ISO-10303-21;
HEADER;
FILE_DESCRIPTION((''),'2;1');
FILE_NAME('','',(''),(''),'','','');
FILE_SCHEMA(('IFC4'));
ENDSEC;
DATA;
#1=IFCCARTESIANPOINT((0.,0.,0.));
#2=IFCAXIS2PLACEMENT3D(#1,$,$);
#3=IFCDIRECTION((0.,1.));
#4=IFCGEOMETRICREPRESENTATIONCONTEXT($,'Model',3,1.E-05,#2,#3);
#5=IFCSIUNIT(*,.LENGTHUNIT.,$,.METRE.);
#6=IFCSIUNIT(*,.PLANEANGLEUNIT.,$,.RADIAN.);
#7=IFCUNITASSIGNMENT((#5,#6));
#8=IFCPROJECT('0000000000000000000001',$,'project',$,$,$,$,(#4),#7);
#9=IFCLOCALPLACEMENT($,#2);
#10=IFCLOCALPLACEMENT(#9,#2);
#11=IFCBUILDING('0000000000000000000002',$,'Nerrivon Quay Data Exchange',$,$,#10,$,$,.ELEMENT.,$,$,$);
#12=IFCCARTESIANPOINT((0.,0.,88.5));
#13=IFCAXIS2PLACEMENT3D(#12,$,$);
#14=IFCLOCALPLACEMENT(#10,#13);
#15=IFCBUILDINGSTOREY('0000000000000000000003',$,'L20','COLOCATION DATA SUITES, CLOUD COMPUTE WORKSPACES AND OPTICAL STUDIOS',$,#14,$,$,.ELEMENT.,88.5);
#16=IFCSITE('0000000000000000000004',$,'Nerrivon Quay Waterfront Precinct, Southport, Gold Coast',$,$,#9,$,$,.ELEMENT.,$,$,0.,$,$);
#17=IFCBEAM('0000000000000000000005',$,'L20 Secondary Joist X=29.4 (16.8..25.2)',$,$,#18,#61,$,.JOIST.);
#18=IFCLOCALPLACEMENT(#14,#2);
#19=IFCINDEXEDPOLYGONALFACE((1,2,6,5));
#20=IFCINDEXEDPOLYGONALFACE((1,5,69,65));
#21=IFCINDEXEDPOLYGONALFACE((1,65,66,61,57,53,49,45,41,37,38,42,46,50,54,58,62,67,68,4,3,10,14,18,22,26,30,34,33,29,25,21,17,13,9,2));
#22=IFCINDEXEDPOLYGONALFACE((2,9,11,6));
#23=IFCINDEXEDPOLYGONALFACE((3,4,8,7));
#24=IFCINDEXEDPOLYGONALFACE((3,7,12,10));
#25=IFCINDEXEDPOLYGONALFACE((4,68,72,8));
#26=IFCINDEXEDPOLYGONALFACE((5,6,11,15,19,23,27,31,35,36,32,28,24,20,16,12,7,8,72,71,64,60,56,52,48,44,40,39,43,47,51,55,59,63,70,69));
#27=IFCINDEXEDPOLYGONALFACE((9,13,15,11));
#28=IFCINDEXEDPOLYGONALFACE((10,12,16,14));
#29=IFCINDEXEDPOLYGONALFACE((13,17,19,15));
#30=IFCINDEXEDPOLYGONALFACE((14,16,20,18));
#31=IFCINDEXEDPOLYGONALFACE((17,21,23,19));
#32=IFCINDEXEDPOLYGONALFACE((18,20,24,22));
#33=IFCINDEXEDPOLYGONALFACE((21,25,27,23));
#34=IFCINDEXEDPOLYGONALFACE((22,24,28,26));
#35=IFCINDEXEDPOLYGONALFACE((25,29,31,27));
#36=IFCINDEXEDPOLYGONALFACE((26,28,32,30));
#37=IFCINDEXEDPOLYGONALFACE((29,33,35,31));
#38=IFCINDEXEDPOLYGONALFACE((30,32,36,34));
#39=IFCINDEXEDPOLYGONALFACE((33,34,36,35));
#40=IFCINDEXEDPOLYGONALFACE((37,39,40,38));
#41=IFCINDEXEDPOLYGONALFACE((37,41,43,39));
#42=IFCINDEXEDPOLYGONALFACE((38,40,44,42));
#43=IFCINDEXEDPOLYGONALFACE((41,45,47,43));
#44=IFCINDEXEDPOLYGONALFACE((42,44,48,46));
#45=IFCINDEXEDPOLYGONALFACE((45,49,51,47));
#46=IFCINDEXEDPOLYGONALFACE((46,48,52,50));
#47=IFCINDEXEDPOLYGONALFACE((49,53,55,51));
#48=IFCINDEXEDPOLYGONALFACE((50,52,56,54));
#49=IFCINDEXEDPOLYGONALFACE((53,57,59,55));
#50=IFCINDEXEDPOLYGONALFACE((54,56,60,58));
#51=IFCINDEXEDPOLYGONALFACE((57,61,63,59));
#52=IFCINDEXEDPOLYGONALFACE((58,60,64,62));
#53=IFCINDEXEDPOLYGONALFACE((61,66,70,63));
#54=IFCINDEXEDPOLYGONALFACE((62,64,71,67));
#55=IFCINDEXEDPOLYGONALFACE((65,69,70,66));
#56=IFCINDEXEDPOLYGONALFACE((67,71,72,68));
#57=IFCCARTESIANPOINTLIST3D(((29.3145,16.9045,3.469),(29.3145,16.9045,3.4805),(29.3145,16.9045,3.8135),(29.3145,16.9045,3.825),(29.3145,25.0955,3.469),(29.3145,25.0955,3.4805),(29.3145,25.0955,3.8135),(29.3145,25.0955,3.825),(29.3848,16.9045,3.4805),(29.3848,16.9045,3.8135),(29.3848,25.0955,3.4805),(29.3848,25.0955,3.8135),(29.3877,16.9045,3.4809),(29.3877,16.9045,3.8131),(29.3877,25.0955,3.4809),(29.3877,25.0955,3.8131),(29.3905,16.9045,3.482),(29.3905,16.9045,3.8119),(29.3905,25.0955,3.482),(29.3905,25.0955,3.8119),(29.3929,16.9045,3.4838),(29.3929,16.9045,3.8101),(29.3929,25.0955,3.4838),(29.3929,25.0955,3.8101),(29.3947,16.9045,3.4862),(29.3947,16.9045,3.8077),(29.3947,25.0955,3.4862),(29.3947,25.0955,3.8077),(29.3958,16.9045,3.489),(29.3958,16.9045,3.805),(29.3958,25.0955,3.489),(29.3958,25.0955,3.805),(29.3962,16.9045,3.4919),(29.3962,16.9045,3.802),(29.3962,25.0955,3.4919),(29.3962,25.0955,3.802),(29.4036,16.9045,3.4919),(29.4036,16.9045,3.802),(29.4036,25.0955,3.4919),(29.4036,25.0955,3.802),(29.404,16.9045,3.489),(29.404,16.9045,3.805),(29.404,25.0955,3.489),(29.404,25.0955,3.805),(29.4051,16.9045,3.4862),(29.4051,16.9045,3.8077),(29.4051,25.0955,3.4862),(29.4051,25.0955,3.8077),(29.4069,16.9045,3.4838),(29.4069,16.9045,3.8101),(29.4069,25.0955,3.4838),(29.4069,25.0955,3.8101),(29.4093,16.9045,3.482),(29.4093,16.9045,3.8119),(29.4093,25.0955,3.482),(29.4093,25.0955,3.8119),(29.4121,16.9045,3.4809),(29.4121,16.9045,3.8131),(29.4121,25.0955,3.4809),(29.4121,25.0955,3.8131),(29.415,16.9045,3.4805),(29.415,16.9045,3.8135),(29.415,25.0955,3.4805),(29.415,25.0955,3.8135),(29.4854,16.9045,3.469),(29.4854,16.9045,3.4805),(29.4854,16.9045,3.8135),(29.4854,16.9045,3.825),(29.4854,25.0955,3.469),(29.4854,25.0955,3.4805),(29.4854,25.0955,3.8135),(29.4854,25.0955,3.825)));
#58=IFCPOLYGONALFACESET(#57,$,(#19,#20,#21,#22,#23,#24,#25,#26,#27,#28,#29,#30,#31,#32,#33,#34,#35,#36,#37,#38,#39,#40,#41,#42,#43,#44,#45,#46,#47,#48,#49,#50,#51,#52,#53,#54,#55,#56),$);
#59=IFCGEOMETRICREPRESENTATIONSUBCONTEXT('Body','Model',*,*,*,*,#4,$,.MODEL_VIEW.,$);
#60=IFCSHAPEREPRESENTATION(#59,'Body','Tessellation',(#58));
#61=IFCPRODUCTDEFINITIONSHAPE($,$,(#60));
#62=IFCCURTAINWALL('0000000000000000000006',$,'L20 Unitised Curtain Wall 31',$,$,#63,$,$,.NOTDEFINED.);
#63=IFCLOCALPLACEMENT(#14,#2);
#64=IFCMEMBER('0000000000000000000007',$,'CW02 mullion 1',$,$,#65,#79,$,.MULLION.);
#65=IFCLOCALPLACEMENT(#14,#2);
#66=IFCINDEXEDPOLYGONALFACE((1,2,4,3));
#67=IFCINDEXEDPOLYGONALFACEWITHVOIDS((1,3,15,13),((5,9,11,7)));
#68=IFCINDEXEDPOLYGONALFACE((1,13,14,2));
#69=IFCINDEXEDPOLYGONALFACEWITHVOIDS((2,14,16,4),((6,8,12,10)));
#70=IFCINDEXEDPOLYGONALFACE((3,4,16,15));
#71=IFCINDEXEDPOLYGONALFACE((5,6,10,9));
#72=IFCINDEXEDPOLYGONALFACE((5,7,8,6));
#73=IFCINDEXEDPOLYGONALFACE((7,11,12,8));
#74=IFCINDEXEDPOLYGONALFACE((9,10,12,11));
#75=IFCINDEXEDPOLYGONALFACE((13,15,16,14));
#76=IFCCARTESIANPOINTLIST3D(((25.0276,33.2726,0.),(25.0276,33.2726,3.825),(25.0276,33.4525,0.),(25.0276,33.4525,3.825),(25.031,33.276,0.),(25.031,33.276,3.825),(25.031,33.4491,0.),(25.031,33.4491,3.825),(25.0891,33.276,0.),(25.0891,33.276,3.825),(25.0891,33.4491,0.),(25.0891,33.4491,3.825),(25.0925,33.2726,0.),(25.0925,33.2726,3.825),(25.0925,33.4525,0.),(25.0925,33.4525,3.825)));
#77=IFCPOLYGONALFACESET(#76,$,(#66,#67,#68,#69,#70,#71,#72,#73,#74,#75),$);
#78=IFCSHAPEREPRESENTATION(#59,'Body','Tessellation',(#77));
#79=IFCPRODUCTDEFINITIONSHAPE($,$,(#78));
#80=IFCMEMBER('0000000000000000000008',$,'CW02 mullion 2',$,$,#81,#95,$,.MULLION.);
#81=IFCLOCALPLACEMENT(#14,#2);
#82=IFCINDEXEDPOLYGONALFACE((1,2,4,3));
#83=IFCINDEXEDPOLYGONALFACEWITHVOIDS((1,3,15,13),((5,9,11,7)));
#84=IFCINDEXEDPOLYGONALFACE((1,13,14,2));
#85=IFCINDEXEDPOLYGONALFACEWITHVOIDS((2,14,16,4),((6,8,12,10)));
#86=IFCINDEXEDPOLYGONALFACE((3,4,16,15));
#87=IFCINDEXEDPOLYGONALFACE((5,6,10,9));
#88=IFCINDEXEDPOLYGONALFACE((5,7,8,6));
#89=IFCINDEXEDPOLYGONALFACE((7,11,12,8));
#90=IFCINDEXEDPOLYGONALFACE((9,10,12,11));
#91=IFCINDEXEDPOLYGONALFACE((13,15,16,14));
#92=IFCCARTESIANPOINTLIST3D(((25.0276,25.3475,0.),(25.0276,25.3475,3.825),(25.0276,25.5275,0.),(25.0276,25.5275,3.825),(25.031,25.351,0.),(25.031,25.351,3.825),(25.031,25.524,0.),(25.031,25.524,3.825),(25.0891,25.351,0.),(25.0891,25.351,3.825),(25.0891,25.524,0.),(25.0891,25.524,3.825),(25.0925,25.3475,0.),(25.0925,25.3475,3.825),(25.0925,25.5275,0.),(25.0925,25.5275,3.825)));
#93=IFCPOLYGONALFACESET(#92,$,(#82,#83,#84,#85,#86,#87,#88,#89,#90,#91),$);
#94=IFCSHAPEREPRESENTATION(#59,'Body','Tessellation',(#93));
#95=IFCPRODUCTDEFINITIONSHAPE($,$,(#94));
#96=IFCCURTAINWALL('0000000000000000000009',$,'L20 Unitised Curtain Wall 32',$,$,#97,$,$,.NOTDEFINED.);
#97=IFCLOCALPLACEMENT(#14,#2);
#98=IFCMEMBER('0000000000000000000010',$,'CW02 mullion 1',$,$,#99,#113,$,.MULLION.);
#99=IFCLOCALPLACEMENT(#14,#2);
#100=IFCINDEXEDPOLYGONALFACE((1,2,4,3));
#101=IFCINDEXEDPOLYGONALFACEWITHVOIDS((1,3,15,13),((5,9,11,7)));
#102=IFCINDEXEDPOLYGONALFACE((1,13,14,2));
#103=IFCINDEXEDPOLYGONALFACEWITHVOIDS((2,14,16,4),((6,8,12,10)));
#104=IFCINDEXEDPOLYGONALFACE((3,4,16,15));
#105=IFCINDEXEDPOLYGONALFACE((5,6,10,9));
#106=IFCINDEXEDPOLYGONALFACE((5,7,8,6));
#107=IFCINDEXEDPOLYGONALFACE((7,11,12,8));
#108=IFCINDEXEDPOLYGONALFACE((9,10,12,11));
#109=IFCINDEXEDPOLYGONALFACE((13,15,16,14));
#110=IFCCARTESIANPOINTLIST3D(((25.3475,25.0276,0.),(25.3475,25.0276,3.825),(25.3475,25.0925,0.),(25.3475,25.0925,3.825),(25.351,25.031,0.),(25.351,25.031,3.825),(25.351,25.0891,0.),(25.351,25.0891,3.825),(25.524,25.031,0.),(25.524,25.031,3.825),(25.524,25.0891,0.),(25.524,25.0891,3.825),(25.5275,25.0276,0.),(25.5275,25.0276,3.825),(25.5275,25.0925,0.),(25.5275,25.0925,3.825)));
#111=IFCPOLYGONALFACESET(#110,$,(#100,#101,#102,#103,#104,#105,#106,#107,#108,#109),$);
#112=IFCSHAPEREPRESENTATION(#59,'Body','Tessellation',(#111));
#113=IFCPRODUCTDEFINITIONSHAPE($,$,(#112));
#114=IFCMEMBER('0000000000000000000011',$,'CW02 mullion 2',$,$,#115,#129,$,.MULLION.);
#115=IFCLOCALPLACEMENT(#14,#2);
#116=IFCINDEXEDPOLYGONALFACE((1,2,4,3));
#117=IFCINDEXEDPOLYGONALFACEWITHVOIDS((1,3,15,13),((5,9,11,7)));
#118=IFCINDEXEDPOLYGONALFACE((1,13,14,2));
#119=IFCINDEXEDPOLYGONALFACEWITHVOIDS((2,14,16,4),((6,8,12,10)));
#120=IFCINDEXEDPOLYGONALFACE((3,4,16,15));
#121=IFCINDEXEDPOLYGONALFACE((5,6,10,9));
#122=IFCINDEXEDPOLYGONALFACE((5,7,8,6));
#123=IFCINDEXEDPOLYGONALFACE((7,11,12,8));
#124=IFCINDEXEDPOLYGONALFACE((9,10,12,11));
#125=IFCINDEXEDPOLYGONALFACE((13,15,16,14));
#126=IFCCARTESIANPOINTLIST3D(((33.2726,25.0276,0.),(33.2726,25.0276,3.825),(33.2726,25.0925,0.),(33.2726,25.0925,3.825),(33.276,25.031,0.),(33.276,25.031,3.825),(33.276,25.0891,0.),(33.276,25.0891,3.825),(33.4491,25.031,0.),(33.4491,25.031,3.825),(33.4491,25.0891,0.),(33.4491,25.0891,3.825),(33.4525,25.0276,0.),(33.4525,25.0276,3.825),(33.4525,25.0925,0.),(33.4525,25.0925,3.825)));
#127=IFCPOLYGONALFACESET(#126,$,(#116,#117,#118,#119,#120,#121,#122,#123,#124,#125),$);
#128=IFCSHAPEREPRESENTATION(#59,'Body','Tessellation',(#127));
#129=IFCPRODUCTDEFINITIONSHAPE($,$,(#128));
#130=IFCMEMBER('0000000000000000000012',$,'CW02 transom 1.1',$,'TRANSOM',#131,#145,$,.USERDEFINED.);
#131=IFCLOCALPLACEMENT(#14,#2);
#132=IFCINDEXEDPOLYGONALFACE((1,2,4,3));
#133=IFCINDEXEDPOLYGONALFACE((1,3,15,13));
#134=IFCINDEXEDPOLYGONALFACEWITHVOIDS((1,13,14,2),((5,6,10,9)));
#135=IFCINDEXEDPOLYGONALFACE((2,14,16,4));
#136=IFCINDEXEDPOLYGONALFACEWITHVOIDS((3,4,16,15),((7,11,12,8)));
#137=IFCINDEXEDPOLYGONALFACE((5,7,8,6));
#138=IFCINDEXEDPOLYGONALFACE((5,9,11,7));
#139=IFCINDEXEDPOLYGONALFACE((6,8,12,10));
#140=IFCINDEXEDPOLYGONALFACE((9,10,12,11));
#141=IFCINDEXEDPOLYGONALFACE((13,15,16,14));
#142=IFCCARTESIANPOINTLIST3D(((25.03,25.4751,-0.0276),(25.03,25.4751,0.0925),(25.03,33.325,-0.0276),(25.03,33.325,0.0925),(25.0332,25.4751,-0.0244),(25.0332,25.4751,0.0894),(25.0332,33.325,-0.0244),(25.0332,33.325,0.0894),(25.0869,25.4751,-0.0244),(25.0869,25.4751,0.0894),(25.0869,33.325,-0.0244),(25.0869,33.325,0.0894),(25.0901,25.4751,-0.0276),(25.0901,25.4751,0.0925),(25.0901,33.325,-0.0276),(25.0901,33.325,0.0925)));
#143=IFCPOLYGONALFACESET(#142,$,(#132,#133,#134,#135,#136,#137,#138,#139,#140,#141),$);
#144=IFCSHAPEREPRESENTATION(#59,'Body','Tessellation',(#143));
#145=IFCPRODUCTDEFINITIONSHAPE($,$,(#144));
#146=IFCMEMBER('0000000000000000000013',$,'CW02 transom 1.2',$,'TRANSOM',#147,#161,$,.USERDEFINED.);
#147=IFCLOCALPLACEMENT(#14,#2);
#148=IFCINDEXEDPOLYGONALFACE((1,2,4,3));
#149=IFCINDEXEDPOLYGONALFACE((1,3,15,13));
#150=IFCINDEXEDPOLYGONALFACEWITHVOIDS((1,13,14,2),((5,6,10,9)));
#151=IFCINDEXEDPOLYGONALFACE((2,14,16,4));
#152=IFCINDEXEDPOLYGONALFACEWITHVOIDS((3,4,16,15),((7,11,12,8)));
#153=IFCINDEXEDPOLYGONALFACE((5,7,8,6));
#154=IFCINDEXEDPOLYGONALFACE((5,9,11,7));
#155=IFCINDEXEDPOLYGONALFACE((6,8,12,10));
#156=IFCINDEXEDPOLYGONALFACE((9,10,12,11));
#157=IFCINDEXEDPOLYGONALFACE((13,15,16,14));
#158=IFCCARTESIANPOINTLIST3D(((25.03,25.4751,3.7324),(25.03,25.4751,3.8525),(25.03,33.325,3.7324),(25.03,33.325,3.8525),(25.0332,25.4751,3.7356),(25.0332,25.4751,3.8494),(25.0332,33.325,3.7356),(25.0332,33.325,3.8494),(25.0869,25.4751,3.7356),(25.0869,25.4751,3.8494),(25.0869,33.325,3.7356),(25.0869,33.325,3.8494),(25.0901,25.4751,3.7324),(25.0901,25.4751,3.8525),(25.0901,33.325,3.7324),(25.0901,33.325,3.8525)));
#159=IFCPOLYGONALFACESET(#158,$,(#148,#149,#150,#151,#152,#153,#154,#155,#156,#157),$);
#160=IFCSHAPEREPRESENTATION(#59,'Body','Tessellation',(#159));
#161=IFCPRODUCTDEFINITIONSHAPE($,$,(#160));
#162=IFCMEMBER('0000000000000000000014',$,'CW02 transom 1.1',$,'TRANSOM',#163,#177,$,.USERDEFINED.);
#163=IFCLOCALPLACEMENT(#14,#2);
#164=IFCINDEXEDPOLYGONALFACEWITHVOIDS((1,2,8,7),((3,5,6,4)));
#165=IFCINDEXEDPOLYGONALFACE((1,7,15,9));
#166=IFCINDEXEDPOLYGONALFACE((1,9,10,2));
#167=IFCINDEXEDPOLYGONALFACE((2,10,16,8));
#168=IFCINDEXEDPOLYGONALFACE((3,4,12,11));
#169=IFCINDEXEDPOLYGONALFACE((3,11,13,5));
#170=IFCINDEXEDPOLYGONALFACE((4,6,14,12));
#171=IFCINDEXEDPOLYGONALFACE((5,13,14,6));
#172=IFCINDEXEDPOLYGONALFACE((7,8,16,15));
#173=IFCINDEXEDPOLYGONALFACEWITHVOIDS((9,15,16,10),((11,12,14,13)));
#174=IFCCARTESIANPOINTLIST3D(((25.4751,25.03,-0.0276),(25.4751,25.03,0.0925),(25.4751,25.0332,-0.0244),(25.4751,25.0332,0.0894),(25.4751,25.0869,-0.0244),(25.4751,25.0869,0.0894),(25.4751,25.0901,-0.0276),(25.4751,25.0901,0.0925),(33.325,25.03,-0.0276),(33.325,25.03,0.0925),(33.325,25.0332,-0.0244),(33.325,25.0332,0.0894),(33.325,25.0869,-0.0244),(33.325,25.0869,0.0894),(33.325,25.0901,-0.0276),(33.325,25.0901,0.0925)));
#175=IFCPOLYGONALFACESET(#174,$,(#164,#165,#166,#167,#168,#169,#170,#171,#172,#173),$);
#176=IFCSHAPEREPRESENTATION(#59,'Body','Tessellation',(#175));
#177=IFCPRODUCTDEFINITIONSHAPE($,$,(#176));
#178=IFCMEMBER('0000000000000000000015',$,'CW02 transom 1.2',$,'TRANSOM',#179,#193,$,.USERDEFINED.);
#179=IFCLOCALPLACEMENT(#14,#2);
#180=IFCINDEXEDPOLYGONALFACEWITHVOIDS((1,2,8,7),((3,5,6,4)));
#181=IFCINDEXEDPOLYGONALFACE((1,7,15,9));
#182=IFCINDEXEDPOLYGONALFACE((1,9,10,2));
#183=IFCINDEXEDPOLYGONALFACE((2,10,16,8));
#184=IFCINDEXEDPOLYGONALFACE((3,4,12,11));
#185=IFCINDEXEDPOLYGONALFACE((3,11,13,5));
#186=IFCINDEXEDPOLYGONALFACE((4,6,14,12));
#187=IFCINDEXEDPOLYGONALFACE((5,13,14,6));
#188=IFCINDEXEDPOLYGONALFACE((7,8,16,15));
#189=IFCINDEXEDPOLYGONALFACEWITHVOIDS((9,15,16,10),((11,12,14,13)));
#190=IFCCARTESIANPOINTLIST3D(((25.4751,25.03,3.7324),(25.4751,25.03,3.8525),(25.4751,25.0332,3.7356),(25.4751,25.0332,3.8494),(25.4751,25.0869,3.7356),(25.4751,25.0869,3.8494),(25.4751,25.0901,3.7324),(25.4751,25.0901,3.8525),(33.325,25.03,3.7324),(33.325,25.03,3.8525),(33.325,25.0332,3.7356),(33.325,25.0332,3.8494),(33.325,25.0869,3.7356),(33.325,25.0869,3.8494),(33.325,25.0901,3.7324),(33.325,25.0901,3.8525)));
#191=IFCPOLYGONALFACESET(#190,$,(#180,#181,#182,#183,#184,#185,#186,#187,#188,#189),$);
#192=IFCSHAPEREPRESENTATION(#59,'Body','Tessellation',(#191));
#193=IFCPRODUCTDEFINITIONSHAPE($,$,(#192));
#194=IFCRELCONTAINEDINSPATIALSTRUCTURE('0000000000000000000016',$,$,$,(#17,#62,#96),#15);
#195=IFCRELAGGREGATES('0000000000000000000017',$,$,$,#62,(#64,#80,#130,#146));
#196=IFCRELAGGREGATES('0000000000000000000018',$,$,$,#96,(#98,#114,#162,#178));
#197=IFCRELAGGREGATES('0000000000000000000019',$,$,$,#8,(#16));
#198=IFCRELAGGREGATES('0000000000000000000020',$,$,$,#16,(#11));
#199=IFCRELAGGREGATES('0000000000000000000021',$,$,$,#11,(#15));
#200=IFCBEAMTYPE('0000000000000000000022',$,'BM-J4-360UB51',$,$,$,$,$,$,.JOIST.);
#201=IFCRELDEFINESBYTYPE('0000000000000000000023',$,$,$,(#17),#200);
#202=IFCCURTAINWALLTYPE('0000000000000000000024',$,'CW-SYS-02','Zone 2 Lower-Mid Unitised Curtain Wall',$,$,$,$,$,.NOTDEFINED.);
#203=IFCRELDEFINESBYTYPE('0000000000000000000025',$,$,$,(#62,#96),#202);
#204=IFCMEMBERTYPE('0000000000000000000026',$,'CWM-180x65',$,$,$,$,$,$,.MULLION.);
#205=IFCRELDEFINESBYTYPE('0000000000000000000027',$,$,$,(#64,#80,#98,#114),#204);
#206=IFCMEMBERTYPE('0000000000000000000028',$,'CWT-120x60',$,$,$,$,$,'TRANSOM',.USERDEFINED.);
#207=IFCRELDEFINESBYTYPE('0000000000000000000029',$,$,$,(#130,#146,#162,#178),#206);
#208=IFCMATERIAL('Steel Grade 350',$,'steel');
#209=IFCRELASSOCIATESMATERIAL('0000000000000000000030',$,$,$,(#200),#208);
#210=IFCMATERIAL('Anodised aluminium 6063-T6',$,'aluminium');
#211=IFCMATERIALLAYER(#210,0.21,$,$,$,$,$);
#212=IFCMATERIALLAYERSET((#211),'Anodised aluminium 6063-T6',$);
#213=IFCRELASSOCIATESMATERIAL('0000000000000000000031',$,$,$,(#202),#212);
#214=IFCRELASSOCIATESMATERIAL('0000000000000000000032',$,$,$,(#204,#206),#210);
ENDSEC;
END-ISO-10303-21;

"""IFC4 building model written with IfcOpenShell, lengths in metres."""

from ifc_helpers import new_model, si_unit, direction, frame, origin, origin_2d, place, context, subcontext, project, spatial, hollow_rectangle, i_section, extrude, material, layer, layer_set, material_profile, profile_set, type_object, element, aggregate, save


model = new_model("IFC4")

# Units and contexts
model_context = context("Model", 3, precision=1e-05, world=origin(), true_north=direction((0.0, 1.0)))
body_context = subcontext(model_context, "Body", "Model", "MODEL_VIEW")
ifc_project = project(units=[si_unit("LENGTHUNIT", "METRE"), si_unit("PLANEANGLEUNIT", "RADIAN")], contexts=[model_context])

# Site, building, storey
site_placement = place(None, origin())
site = spatial("IfcSite", under=ifc_project, at=site_placement, Name="Nerrivon Quay Waterfront Precinct, Southport, Gold Coast", CompositionType="ELEMENT", RefElevation=0.0)
building_placement = place(site_placement, origin())
building = spatial("IfcBuilding", under=site, at=building_placement, Name="Nerrivon Quay Data Exchange", CompositionType="ELEMENT")
storey_placement = place(building_placement, frame((0.0, 0.0, 88.5)))
storey = spatial("IfcBuildingStorey", under=building, at=storey_placement, Name="L20", Description="COLOCATION DATA SUITES, CLOUD COMPUTE WORKSPACES AND OPTICAL STUDIOS", CompositionType="ELEMENT", Elevation=88.5)

# Shared definitions
ifc_material_1 = material(Name="Steel Grade 350", Category="steel")

# Beam
ifc_material_profile_1 = material_profile(ifc_material_1, i_section(OverallWidth=0.1709, OverallDepth=0.356, WebThickness=0.0073, FlangeThickness=0.0115, FilletRadius=0.0115, at=origin_2d()), Name="360UB50.7")
ifc_profile_set_1 = profile_set([ifc_material_profile_1], Name="Steel Grade 350")
beam_type_1 = type_object("IfcBeamType", Name="BM-J4-360UB51", PredefinedType="JOIST", material=ifc_profile_set_1)
beam_1_placement = place(storey_placement, frame((29.3999, 16.9045, 3.647), z_axis=(0.0, 1.0, 0.0), x_axis=(-1.0, 0.0, 0.0)))
element("IfcBeam", 1, at=beam_1_placement, inside=storey, type_object=beam_type_1, Name="L20 Secondary Joist X=29.4 (16.8..25.2)", PredefinedType="JOIST", context=body_context, shape_type="SweptSolid", body=[
    extrude(i_section(OverallWidth=0.1709, OverallDepth=0.356, WebThickness=0.0073, FlangeThickness=0.0115, FilletRadius=0.0115, at=origin_2d()), origin(), (0.0, 0.0, 1.0), 8.1909),
])

# Curtain walls, members
ifc_material_2 = material(Name="Anodised aluminium 6063-T6", Category="aluminium")
ifc_layer_1 = layer(ifc_material_2, 0.21)
ifc_layer_set_1 = layer_set([ifc_layer_1], Name="Anodised aluminium 6063-T6")
curtain_wall_type = type_object("IfcCurtainWallType", Name="CW-SYS-02", Description="Zone 2 Lower-Mid Unitised Curtain Wall", PredefinedType="NOTDEFINED", material=ifc_layer_set_1)
curtain_wall_1_placement = place(storey_placement, origin())
curtain_wall_1 = element("IfcCurtainWall", 2, at=curtain_wall_1_placement, inside=storey, type_object=curtain_wall_type, Name="L20 Unitised Curtain Wall 31", PredefinedType="NOTDEFINED")
ifc_material_profile_2 = material_profile(ifc_material_2, hollow_rectangle(XDim=0.0649, YDim=0.1799, WallThickness=0.0034, at=origin_2d()), Name="ALU-MULL-180x65")
ifc_profile_set_2 = profile_set([ifc_material_profile_2], Name="Anodised aluminium 6063-T6")
member_type_1 = type_object("IfcMemberType", Name="CWM-180x65", PredefinedType="MULLION", material=ifc_profile_set_2)
member_1_placement = place(storey_placement, frame((25.0601, 33.3625, 0.0), z_axis=(0.0, 0.0, 1.0), x_axis=(1.0, 0.0, 0.0)))
member_1 = element("IfcMember", 3, at=member_1_placement, type_object=member_type_1, Name="CW02 mullion 1", PredefinedType="MULLION", context=body_context, shape_type="SweptSolid", body=[
    extrude(hollow_rectangle(XDim=0.0649, YDim=0.1799, WallThickness=0.0034, at=origin_2d()), origin(), (0.0, 0.0, 1.0), 3.825),
])
member_2_placement = place(storey_placement, frame((25.0601, 25.4375, 0.0), z_axis=(0.0, 0.0, 1.0), x_axis=(1.0, 0.0, 0.0)))
member_2 = element("IfcMember", 4, at=member_2_placement, type_object=member_type_1, Name="CW02 mullion 2", PredefinedType="MULLION", context=body_context, shape_type="SweptSolid", body=[
    extrude(hollow_rectangle(XDim=0.0649, YDim=0.1799, WallThickness=0.0034, at=origin_2d()), origin(), (0.0, 0.0, 1.0), 3.825),
])
curtain_wall_2_placement = place(storey_placement, origin())
curtain_wall_2 = element("IfcCurtainWall", 5, at=curtain_wall_2_placement, inside=storey, type_object=curtain_wall_type, Name="L20 Unitised Curtain Wall 32", PredefinedType="NOTDEFINED")
member_3_placement = place(storey_placement, frame((25.4375, 25.0601, 0.0), z_axis=(0.0, 0.0, 1.0), x_axis=(0.0, 1.0, 0.0)))
member_3 = element("IfcMember", 6, at=member_3_placement, type_object=member_type_1, Name="CW02 mullion 1", PredefinedType="MULLION", context=body_context, shape_type="SweptSolid", body=[
    extrude(hollow_rectangle(XDim=0.0649, YDim=0.1799, WallThickness=0.0034, at=origin_2d()), origin(), (0.0, 0.0, 1.0), 3.825),
])
member_4_placement = place(storey_placement, frame((33.3625, 25.0601, 0.0), z_axis=(0.0, 0.0, 1.0), x_axis=(0.0, 1.0, 0.0)))
member_4 = element("IfcMember", 7, at=member_4_placement, type_object=member_type_1, Name="CW02 mullion 2", PredefinedType="MULLION", context=body_context, shape_type="SweptSolid", body=[
    extrude(hollow_rectangle(XDim=0.0649, YDim=0.1799, WallThickness=0.0034, at=origin_2d()), origin(), (0.0, 0.0, 1.0), 3.825),
])

# Members
ifc_material_profile_3 = material_profile(ifc_material_2, hollow_rectangle(XDim=0.0601, YDim=0.1201, WallThickness=0.0032, at=origin_2d()), Name="ALU-TRAN-120x60")
ifc_profile_set_3 = profile_set([ifc_material_profile_3], Name="Anodised aluminium 6063-T6")
member_type_2 = type_object("IfcMemberType", Name="CWT-120x60", ElementType="TRANSOM", PredefinedType="USERDEFINED", material=ifc_profile_set_3)
member_5_placement = place(storey_placement, frame((25.0601, 33.325, 0.0325), z_axis=(0.0, -1.0, 0.0), x_axis=(1.0, 0.0, 0.0)))
member_5 = element("IfcMember", 8, at=member_5_placement, type_object=member_type_2, Name="CW02 transom 1.1", ObjectType="TRANSOM", PredefinedType="USERDEFINED", context=body_context, shape_type="SweptSolid", body=[
    extrude(hollow_rectangle(XDim=0.0601, YDim=0.1201, WallThickness=0.0032, at=origin_2d()), origin(), (0.0, 0.0, 1.0), 7.8499),
])
member_6_placement = place(storey_placement, frame((25.0601, 33.325, 3.7925), z_axis=(0.0, -1.0, 0.0), x_axis=(1.0, 0.0, 0.0)))
member_6 = element("IfcMember", 9, at=member_6_placement, type_object=member_type_2, Name="CW02 transom 1.2", ObjectType="TRANSOM", PredefinedType="USERDEFINED", context=body_context, shape_type="SweptSolid", body=[
    extrude(hollow_rectangle(XDim=0.0601, YDim=0.1201, WallThickness=0.0032, at=origin_2d()), origin(), (0.0, 0.0, 1.0), 7.8499),
])
member_7_placement = place(storey_placement, frame((25.4751, 25.0601, 0.0325), z_axis=(1.0, 0.0, 0.0), x_axis=(0.0, 1.0, 0.0)))
member_7 = element("IfcMember", 10, at=member_7_placement, type_object=member_type_2, Name="CW02 transom 1.1", ObjectType="TRANSOM", PredefinedType="USERDEFINED", context=body_context, shape_type="SweptSolid", body=[
    extrude(hollow_rectangle(XDim=0.0601, YDim=0.1201, WallThickness=0.0032, at=origin_2d()), origin(), (0.0, 0.0, 1.0), 7.8499),
])
member_8_placement = place(storey_placement, frame((25.4751, 25.0601, 3.7925), z_axis=(1.0, 0.0, 0.0), x_axis=(0.0, 1.0, 0.0)))
member_8 = element("IfcMember", 11, at=member_8_placement, type_object=member_type_2, Name="CW02 transom 1.2", ObjectType="TRANSOM", PredefinedType="USERDEFINED", context=body_context, shape_type="SweptSolid", body=[
    extrude(hollow_rectangle(XDim=0.0601, YDim=0.1201, WallThickness=0.0032, at=origin_2d()), origin(), (0.0, 0.0, 1.0), 7.8499),
])

aggregate(curtain_wall_1, [member_1, member_2, member_5, member_6])
aggregate(curtain_wall_2, [member_3, member_4, member_7, member_8])

save(model, "model.ifc")
